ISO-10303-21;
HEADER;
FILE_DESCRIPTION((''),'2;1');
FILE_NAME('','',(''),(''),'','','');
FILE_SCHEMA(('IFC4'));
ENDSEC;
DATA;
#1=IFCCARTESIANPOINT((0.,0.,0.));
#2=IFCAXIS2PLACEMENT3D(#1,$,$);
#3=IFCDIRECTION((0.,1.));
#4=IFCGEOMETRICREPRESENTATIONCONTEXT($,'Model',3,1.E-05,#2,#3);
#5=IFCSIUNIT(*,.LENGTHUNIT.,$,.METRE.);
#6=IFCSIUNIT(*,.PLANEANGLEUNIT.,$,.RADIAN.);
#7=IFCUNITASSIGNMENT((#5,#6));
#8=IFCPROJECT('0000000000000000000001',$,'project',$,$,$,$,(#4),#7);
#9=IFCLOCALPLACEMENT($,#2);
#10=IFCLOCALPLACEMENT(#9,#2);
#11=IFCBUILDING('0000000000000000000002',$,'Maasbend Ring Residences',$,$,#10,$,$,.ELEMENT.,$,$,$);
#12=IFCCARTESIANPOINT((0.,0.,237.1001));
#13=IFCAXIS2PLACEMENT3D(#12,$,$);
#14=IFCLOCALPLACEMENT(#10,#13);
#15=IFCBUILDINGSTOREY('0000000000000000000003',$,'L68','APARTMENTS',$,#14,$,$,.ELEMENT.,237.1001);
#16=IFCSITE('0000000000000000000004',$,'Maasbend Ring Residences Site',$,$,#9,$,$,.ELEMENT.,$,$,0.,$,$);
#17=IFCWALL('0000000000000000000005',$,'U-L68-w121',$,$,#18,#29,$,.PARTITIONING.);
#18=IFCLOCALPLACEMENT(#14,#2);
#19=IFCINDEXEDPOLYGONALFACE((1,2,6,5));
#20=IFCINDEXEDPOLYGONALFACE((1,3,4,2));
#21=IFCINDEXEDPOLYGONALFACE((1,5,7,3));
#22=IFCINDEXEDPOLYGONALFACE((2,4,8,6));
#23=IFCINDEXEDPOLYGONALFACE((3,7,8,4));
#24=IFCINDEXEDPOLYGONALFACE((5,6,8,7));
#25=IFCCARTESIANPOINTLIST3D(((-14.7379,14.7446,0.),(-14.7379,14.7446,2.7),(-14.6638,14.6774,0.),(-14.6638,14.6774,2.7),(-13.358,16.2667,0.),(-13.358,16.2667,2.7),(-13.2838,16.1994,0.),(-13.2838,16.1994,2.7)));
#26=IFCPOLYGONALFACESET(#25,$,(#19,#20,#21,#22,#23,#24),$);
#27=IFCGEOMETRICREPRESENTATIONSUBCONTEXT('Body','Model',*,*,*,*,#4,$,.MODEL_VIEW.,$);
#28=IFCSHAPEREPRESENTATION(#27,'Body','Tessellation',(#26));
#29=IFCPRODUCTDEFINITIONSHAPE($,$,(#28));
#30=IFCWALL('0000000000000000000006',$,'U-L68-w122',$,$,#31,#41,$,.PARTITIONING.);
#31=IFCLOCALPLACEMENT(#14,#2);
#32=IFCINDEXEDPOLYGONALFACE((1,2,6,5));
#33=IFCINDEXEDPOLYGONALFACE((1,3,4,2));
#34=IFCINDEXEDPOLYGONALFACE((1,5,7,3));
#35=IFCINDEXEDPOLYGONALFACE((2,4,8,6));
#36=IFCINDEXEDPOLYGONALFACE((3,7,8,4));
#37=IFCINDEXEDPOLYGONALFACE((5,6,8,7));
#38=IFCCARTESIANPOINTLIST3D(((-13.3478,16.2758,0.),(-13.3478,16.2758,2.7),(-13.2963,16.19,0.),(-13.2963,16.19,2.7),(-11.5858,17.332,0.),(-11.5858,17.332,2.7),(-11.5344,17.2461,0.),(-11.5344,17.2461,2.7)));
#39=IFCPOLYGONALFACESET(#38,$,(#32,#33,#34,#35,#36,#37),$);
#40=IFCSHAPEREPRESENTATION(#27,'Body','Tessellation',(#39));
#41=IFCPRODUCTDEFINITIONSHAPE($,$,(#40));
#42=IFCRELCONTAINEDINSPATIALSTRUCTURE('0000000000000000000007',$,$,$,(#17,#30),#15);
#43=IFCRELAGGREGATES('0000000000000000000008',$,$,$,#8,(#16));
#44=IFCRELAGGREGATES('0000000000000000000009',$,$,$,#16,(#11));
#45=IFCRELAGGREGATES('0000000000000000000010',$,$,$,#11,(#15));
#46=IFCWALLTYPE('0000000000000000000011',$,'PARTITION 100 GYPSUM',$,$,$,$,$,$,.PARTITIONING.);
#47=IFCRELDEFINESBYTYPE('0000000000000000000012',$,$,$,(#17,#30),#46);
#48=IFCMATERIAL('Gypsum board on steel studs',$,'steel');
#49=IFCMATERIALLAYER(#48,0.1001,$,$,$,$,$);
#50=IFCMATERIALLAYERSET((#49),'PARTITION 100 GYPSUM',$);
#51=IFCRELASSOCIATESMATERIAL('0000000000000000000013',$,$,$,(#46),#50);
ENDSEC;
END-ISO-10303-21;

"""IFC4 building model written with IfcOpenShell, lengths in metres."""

from ifc_helpers import new_model, si_unit, direction, frame, frame_2d, origin, place, context, subcontext, project, spatial, rectangle, extrude, material, layer, layer_set, type_object, element, save


model = new_model("IFC4")

# Units and contexts
model_context = context("Model", 3, precision=1e-05, world=origin(), true_north=direction((0.0, 1.0)))
body_context = subcontext(model_context, "Body", "Model", "MODEL_VIEW")
ifc_project = project(units=[si_unit("LENGTHUNIT", "METRE"), si_unit("PLANEANGLEUNIT", "RADIAN")], contexts=[model_context])

# Site, building, storey
site_placement = place(None, origin())
site = spatial("IfcSite", under=ifc_project, at=site_placement, Name="Maasbend Ring Residences Site", CompositionType="ELEMENT", RefElevation=0.0)
building_placement = place(site_placement, origin())
building = spatial("IfcBuilding", under=site, at=building_placement, Name="Maasbend Ring Residences", CompositionType="ELEMENT")
storey_placement = place(building_placement, frame((0.0, 0.0, 237.1001)))
storey = spatial("IfcBuildingStorey", under=building, at=storey_placement, Name="L68", Description="APARTMENTS", CompositionType="ELEMENT", Elevation=237.1001)

# Shared definitions
ifc_material_1 = material(Name="Gypsum board on steel studs", Category="steel")
ifc_layer_1 = layer(ifc_material_1, 0.1001)
ifc_layer_set_1 = layer_set([ifc_layer_1], Name="PARTITION 100 GYPSUM")
wall_type_1 = type_object("IfcWallType", Name="PARTITION 100 GYPSUM", PredefinedType="PARTITIONING", material=ifc_layer_set_1)

# Walls
wall_1_placement = place(storey_placement, frame((-14.7009, 14.7109, 0.0), z_axis=(0.0, 0.0, 1.0), x_axis=(0.671678, 0.740843, 0.0)))
element("IfcWall", 1, at=wall_1_placement, inside=storey, type_object=wall_type_1, Name="U-L68-w121", PredefinedType="PARTITIONING", context=body_context, shape_type="SweptSolid", body=[
    extrude(rectangle(XDim=2.0544, YDim=0.1001, at=frame_2d((1.0273, 0.0))), origin(), (0.0, 0.0, 1.0), 2.7),
])
wall_2_placement = place(storey_placement, frame((-13.322, 16.2329, 0.0), z_axis=(0.0, 0.0, 1.0), x_axis=(0.857713, 0.514129, 0.0)))
element("IfcWall", 2, at=wall_2_placement, inside=storey, type_object=wall_type_1, Name="U-L68-w122", PredefinedType="PARTITIONING", context=body_context, shape_type="SweptSolid", body=[
    extrude(rectangle(XDim=2.0542, YDim=0.1001, at=frame_2d((1.0271, 0.0))), origin(), (0.0, 0.0, 1.0), 2.7),
])

save(model, "model.ifc")
